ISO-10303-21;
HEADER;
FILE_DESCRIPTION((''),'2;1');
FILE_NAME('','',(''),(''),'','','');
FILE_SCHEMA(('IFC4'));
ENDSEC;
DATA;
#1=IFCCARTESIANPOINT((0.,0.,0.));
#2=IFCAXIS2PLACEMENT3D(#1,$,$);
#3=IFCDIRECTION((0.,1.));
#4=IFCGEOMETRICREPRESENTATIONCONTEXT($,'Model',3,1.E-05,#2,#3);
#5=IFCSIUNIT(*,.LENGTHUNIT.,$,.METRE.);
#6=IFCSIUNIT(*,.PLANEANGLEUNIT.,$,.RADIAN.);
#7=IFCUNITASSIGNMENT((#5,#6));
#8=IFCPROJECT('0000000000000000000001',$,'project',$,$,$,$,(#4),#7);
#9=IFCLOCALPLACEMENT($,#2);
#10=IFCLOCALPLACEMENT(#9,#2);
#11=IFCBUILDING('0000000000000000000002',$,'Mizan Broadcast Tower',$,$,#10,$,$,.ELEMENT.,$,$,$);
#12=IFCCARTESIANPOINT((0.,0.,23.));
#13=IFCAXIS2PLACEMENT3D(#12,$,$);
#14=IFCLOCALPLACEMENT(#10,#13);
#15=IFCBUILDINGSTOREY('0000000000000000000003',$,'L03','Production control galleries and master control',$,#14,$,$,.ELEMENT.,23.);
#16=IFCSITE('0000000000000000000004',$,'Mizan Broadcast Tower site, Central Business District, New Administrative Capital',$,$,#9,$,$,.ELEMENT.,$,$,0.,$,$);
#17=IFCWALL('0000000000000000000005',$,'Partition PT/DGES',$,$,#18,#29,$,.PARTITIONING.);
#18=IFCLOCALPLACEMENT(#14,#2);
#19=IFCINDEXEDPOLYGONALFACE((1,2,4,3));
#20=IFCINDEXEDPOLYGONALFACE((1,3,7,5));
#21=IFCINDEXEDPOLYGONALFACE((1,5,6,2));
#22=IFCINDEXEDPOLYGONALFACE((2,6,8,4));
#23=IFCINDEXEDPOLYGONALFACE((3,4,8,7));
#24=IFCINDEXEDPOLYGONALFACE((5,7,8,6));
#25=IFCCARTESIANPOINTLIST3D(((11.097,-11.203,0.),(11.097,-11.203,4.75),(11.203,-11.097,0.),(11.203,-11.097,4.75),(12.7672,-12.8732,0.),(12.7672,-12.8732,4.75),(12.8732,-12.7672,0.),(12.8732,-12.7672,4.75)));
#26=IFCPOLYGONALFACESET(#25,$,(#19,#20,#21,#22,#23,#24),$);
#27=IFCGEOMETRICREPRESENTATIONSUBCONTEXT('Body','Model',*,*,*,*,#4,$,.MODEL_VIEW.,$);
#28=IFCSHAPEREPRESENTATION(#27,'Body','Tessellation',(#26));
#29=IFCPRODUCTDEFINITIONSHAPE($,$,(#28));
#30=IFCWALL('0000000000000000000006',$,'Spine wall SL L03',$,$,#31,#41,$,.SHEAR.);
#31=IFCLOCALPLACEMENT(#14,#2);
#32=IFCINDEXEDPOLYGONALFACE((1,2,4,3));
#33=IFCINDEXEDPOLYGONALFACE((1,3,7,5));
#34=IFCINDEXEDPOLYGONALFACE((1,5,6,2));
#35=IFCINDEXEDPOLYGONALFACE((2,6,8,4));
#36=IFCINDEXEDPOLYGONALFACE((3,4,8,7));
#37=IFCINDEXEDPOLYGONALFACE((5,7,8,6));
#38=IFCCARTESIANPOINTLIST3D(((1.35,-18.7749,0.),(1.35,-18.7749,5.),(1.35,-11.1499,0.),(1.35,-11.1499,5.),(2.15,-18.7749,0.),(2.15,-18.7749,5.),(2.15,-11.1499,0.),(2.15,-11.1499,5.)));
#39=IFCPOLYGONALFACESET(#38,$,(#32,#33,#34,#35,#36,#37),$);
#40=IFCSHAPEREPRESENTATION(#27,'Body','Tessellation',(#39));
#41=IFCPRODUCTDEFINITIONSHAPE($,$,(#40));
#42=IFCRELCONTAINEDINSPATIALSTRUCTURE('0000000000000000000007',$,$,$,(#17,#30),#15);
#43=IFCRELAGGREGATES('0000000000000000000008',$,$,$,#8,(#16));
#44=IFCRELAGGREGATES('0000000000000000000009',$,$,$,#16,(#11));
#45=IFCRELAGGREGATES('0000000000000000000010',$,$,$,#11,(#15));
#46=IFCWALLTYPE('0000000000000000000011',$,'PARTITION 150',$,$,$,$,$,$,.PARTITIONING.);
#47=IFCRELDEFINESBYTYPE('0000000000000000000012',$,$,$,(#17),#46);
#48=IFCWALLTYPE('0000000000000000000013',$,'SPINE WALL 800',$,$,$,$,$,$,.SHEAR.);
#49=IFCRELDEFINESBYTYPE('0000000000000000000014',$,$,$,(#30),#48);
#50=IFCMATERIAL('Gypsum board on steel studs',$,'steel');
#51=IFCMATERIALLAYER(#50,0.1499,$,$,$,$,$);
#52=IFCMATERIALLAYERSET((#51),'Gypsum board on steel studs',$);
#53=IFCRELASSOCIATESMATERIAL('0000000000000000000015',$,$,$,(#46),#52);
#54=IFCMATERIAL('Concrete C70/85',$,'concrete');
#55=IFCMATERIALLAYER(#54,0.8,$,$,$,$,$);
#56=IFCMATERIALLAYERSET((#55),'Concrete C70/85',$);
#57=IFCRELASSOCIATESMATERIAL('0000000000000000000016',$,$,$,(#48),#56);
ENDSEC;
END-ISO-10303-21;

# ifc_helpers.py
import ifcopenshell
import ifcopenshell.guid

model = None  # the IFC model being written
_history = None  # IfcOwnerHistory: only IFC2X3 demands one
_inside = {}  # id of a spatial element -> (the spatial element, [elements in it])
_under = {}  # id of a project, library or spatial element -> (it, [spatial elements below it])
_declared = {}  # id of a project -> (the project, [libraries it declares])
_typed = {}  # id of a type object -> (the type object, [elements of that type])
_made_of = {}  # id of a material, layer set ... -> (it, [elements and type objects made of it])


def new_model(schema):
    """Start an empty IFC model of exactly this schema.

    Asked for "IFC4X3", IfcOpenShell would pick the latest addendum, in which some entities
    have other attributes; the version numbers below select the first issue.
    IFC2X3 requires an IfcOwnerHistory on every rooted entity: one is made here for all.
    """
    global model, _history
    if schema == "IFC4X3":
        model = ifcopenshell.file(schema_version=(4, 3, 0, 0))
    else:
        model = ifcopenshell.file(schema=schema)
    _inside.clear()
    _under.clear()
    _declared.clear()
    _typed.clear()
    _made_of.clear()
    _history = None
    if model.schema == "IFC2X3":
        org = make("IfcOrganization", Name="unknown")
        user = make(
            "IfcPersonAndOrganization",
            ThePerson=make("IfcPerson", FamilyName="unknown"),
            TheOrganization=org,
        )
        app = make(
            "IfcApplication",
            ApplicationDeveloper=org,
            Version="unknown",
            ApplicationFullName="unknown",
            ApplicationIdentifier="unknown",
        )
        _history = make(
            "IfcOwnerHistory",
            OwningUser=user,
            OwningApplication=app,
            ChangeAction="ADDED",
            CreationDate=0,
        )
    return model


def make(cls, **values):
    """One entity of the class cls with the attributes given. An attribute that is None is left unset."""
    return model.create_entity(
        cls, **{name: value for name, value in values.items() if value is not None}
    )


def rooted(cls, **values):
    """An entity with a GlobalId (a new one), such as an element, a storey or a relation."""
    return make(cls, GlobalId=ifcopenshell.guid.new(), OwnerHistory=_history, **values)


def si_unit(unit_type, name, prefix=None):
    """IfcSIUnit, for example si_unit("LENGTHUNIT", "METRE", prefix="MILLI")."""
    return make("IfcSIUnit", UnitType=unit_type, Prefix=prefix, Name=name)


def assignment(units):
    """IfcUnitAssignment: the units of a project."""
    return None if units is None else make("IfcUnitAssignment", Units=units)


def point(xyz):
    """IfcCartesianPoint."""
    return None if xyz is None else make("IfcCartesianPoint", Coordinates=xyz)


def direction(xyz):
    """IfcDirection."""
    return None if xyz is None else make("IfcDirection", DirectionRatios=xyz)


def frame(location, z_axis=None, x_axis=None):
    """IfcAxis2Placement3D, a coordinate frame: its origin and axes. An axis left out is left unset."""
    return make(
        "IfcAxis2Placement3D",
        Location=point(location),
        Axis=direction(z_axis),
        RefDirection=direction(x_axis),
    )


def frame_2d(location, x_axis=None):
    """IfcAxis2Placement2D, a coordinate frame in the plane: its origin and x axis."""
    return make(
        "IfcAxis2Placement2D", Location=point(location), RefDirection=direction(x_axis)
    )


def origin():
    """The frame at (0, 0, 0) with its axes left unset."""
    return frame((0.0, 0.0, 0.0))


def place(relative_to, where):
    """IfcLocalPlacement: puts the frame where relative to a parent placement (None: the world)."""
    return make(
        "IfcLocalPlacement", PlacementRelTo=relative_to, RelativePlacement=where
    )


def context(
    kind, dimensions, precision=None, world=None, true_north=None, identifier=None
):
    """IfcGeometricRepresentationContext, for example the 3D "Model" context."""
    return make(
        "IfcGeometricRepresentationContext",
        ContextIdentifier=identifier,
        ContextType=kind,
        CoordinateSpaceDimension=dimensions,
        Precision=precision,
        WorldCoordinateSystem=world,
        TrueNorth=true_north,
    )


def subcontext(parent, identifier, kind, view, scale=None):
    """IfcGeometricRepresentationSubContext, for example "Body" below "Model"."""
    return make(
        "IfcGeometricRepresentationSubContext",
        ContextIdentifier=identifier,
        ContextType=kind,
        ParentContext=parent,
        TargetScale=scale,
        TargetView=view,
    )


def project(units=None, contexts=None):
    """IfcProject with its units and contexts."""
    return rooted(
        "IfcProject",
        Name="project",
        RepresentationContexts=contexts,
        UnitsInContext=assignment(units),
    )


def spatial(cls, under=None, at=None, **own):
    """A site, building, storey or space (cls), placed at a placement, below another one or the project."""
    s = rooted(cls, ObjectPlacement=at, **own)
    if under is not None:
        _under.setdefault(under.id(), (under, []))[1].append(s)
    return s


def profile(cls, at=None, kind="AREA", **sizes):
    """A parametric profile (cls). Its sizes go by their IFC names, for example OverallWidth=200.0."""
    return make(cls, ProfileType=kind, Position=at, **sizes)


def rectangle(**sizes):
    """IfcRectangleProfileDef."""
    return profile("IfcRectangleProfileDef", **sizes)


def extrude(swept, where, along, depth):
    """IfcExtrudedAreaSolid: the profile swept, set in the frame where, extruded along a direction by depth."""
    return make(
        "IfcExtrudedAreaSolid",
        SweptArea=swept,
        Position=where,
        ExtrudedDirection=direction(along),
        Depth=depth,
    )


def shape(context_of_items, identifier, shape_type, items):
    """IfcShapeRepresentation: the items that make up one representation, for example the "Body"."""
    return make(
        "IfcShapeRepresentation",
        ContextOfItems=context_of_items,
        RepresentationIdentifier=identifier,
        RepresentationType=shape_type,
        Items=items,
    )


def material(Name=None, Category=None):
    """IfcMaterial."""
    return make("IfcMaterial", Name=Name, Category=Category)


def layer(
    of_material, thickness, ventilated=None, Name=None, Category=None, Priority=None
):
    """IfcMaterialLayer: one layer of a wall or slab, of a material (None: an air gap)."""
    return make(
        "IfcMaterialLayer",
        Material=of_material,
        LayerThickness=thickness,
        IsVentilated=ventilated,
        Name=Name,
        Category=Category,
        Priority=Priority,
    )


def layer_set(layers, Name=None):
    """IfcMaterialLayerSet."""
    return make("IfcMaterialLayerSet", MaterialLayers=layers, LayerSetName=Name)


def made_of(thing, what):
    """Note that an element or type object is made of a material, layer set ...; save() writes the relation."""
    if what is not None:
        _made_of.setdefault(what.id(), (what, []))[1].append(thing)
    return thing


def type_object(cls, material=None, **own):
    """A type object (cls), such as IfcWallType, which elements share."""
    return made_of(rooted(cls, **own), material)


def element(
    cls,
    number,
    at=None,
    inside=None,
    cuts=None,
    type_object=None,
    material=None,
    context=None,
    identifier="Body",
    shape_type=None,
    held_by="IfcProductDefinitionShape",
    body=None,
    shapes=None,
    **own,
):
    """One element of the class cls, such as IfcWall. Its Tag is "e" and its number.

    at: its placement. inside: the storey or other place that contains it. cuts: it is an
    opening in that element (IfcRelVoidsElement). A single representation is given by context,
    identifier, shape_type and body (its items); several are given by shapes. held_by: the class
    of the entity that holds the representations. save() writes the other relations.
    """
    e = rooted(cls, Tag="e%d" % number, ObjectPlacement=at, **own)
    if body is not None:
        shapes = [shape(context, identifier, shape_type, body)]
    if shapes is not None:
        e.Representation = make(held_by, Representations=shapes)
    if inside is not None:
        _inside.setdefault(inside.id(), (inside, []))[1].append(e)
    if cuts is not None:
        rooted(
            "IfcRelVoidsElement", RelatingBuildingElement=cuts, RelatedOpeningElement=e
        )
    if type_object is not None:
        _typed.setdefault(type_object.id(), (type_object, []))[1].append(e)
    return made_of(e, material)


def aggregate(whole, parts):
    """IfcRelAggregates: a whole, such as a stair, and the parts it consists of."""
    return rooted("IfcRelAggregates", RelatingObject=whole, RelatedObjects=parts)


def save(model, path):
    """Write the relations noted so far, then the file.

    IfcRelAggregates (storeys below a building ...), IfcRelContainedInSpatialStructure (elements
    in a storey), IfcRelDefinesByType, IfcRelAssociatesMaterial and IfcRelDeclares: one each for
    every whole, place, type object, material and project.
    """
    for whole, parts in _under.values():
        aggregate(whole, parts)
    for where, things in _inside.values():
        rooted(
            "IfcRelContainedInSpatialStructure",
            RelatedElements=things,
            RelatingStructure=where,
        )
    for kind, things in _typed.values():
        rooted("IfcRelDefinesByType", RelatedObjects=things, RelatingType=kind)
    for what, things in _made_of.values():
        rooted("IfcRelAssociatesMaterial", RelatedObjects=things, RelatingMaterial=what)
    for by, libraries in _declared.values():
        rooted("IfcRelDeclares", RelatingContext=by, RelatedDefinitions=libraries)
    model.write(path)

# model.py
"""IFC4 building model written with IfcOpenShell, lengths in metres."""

from ifc_helpers import new_model, si_unit, direction, frame, frame_2d, origin, place, context, subcontext, project, spatial, rectangle, extrude, material, layer, layer_set, type_object, element, save


model = new_model("IFC4")

# Units and contexts
model_context = context("Model", 3, precision=1e-05, world=origin(), true_north=direction((0.0, 1.0)))
body_context = subcontext(model_context, "Body", "Model", "MODEL_VIEW")
ifc_project = project(units=[si_unit("LENGTHUNIT", "METRE"), si_unit("PLANEANGLEUNIT", "RADIAN")], contexts=[model_context])

# Site, building, storey
site_placement = place(None, origin())
site = spatial("IfcSite", under=ifc_project, at=site_placement, Name="Mizan Broadcast Tower site, Central Business District, New Administrative Capital", CompositionType="ELEMENT", RefElevation=0.0)
building_placement = place(site_placement, origin())
building = spatial("IfcBuilding", under=site, at=building_placement, Name="Mizan Broadcast Tower", CompositionType="ELEMENT")
storey_placement = place(building_placement, frame((0.0, 0.0, 23.0)))
storey = spatial("IfcBuildingStorey", under=building, at=storey_placement, Name="L03", Description="Production control galleries and master control", CompositionType="ELEMENT", Elevation=23.0)

# Walls
ifc_material_1 = material(Name="Gypsum board on steel studs", Category="steel")
ifc_layer_1 = layer(ifc_material_1, 0.1499)
ifc_layer_set_1 = layer_set([ifc_layer_1], Name="Gypsum board on steel studs")
wall_type_1 = type_object("IfcWallType", Name="PARTITION 150", PredefinedType="PARTITIONING", material=ifc_layer_set_1)
wall_1_placement = place(storey_placement, frame((11.1499, -11.1499, 0.0), z_axis=(0.0, 0.0, 1.0), x_axis=(0.707107, -0.707107, 0.0)))
element("IfcWall", 1, at=wall_1_placement, inside=storey, type_object=wall_type_1, Name="Partition PT/DGES", PredefinedType="PARTITIONING", context=body_context, shape_type="SweptSolid", body=[
    extrude(rectangle(XDim=2.3621, YDim=0.1499, at=frame_2d((1.1812, 0.0))), origin(), (0.0, 0.0, 1.0), 4.75),
])
ifc_material_2 = material(Name="Concrete C70/85", Category="concrete")
ifc_layer_2 = layer(ifc_material_2, 0.8)
ifc_layer_set_2 = layer_set([ifc_layer_2], Name="Concrete C70/85")
wall_type_2 = type_object("IfcWallType", Name="SPINE WALL 800", PredefinedType="SHEAR", material=ifc_layer_set_2)
wall_2_placement = place(storey_placement, frame((1.75, -11.1499, 0.0), z_axis=(0.0, 0.0, 1.0), x_axis=(0.0, -1.0, 0.0)))
element("IfcWall", 2, at=wall_2_placement, inside=storey, type_object=wall_type_2, Name="Spine wall SL L03", PredefinedType="SHEAR", context=body_context, shape_type="SweptSolid", body=[
    extrude(rectangle(XDim=7.625, YDim=0.8, at=frame_2d((3.8125, 0.0))), origin(), (0.0, 0.0, 1.0), 5.0),
])

save(model, "model.ifc")
